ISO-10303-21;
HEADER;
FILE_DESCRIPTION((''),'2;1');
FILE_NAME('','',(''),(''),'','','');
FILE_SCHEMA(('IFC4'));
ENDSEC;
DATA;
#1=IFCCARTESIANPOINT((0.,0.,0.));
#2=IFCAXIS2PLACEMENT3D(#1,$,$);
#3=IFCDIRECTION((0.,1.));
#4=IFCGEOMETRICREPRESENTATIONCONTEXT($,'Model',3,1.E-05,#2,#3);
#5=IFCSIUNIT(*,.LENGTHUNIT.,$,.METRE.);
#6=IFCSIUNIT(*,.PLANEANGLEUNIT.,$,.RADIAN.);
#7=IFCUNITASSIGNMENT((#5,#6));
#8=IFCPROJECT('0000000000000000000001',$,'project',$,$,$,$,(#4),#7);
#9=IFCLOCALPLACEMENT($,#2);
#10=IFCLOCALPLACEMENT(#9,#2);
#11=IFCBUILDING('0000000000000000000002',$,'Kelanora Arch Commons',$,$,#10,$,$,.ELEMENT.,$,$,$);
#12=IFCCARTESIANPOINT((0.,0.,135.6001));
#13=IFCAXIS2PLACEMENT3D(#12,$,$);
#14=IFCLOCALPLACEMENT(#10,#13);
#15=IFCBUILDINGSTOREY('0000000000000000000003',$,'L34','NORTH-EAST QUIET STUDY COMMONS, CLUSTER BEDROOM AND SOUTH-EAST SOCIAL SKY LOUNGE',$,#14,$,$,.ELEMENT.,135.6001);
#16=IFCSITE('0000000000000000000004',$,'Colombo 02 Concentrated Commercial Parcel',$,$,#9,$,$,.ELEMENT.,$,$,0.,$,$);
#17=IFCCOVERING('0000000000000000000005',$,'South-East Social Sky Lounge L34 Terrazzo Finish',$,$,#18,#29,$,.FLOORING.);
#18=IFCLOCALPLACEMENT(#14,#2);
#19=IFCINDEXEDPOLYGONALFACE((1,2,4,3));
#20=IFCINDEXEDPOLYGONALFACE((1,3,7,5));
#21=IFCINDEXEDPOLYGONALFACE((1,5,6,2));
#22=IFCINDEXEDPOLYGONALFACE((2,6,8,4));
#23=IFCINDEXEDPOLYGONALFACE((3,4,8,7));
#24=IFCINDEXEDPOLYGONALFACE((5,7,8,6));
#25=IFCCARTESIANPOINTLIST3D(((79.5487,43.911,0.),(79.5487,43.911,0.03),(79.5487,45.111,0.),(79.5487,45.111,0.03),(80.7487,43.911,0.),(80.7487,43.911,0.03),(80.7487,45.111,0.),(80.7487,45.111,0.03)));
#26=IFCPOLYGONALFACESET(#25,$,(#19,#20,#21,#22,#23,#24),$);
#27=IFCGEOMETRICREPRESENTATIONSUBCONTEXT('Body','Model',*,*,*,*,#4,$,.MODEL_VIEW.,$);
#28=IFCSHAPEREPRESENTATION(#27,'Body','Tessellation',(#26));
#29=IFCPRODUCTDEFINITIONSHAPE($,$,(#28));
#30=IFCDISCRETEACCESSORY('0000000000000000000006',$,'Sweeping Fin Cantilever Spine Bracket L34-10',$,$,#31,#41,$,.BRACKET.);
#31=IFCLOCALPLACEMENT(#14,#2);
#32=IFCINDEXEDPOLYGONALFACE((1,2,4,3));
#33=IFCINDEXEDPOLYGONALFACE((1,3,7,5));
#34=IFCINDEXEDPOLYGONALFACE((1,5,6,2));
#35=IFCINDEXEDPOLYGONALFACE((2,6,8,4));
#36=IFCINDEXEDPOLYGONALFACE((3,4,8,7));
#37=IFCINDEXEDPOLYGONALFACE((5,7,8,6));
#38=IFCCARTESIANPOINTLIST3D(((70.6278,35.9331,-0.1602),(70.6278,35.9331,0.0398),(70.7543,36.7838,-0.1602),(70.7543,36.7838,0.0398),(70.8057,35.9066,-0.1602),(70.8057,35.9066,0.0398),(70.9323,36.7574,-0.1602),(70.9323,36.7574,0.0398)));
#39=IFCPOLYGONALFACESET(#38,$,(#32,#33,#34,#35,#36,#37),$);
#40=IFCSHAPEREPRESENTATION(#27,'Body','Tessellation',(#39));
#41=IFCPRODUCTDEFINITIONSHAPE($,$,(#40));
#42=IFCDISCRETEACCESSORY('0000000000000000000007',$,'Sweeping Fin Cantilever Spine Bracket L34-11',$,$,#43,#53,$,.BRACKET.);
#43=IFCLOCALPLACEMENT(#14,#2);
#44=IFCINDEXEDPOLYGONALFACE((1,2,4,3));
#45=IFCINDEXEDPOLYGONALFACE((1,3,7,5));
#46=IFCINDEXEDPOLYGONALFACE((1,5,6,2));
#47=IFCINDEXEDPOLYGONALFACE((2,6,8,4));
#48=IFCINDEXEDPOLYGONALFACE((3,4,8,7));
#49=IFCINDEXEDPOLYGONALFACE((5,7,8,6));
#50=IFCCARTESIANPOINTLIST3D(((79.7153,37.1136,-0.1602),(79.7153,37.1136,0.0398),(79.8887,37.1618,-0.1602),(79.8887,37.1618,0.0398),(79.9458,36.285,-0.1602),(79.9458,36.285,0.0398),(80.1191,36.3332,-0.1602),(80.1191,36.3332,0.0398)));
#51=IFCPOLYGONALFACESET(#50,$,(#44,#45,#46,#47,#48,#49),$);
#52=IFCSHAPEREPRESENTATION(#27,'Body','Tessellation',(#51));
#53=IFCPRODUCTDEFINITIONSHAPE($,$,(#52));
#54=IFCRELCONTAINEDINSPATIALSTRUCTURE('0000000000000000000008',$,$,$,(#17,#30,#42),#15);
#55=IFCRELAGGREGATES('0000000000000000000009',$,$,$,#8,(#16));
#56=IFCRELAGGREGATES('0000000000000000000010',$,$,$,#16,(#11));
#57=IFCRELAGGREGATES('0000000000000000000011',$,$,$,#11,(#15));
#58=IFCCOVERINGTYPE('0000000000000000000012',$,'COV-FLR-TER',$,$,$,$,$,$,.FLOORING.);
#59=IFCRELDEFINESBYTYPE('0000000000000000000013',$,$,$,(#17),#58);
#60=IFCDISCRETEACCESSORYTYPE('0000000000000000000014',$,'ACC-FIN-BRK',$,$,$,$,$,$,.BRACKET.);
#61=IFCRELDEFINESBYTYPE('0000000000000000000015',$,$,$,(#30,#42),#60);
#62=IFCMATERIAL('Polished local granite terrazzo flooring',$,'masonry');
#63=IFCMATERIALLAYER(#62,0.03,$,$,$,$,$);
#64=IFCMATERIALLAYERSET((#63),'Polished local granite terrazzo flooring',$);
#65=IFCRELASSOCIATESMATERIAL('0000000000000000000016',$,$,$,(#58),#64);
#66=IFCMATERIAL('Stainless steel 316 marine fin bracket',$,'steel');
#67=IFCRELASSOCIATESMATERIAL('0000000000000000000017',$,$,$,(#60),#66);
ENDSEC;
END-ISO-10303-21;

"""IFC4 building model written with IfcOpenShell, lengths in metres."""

from ifc_helpers import new_model, si_unit, direction, frame, origin, origin_2d, place, context, subcontext, project, spatial, rectangle, extrude, source, transform, mapped, material, layer, layer_set, type_object, element, save


model = new_model("IFC4")

# Units and contexts
model_context = context("Model", 3, precision=1e-05, world=origin(), true_north=direction((0.0, 1.0)))
body_context = subcontext(model_context, "Body", "Model", "MODEL_VIEW")
ifc_project = project(units=[si_unit("LENGTHUNIT", "METRE"), si_unit("PLANEANGLEUNIT", "RADIAN")], contexts=[model_context])

# Site, building, storey
site_placement = place(None, origin())
site = spatial("IfcSite", under=ifc_project, at=site_placement, Name="Colombo 02 Concentrated Commercial Parcel", CompositionType="ELEMENT", RefElevation=0.0)
building_placement = place(site_placement, origin())
building = spatial("IfcBuilding", under=site, at=building_placement, Name="Kelanora Arch Commons", CompositionType="ELEMENT")
storey_placement = place(building_placement, frame((0.0, 0.0, 135.6001)))
storey = spatial("IfcBuildingStorey", under=building, at=storey_placement, Name="L34", Description="NORTH-EAST QUIET STUDY COMMONS, CLUSTER BEDROOM AND SOUTH-EAST SOCIAL SKY LOUNGE", CompositionType="ELEMENT", Elevation=135.6001)

# Covering
ifc_material_1 = material(Name="Polished local granite terrazzo flooring", Category="masonry")
ifc_layer_1 = layer(ifc_material_1, 0.03)
ifc_layer_set_1 = layer_set([ifc_layer_1], Name="Polished local granite terrazzo flooring")
covering_type = type_object("IfcCoveringType", Name="COV-FLR-TER", PredefinedType="FLOORING", material=ifc_layer_set_1)
shared_shape_1 = source(origin(), body_context, "Body", "SweptSolid", [
    extrude(rectangle(XDim=1.2, YDim=1.2, at=origin_2d()), origin(), (0.0, 0.0, 1.0), 0.03),
])
covering_placement = place(storey_placement, frame((80.1487, 44.511, 0.0), z_axis=(0.0, 0.0, 1.0), x_axis=(1.0, 0.0, 0.0)))
element("IfcCovering", 1, at=covering_placement, inside=storey, type_object=covering_type, Name="South-East Social Sky Lounge L34 Terrazzo Finish", PredefinedType="FLOORING", context=body_context, shape_type="MappedRepresentation", body=[
    mapped(shared_shape_1, transform((0.0, 0.0, 0.0), scale=1.0)),
])

# Discrete accessories
ifc_material_2 = material(Name="Stainless steel 316 marine fin bracket", Category="steel")
discrete_accessory_type = type_object("IfcDiscreteAccessoryType", Name="ACC-FIN-BRK", PredefinedType="BRACKET", material=ifc_material_2)
shared_shape_2 = source(origin(), body_context, "Body", "SweptSolid", [
    extrude(rectangle(XDim=0.8601, YDim=0.1799, at=origin_2d()), origin(), (0.0, 0.0, 1.0), 0.2),
])
for number, where, z_axis, x_axis, name in (
    (2, (70.78, 36.3452, -0.1602), (0.0, 0.0, 1.0), (-0.147119, -0.989119, 0.0), "Sweeping Fin Cantilever Spine Bracket L34-10"),
    (3, (79.9172, 36.7234, -0.1602), (0.0, 0.0, 1.0), (0.267911, -0.963444, 0.0), "Sweeping Fin Cantilever Spine Bracket L34-11"),
):
    element("IfcDiscreteAccessory", number, at=place(storey_placement, frame(where, z_axis=z_axis, x_axis=x_axis)), inside=storey, type_object=discrete_accessory_type, Name=name, PredefinedType="BRACKET", context=body_context, shape_type="MappedRepresentation", body=[
        mapped(shared_shape_2, transform((0.0, 0.0, 0.0), scale=1.0)),
    ])

save(model, "model.ifc")
